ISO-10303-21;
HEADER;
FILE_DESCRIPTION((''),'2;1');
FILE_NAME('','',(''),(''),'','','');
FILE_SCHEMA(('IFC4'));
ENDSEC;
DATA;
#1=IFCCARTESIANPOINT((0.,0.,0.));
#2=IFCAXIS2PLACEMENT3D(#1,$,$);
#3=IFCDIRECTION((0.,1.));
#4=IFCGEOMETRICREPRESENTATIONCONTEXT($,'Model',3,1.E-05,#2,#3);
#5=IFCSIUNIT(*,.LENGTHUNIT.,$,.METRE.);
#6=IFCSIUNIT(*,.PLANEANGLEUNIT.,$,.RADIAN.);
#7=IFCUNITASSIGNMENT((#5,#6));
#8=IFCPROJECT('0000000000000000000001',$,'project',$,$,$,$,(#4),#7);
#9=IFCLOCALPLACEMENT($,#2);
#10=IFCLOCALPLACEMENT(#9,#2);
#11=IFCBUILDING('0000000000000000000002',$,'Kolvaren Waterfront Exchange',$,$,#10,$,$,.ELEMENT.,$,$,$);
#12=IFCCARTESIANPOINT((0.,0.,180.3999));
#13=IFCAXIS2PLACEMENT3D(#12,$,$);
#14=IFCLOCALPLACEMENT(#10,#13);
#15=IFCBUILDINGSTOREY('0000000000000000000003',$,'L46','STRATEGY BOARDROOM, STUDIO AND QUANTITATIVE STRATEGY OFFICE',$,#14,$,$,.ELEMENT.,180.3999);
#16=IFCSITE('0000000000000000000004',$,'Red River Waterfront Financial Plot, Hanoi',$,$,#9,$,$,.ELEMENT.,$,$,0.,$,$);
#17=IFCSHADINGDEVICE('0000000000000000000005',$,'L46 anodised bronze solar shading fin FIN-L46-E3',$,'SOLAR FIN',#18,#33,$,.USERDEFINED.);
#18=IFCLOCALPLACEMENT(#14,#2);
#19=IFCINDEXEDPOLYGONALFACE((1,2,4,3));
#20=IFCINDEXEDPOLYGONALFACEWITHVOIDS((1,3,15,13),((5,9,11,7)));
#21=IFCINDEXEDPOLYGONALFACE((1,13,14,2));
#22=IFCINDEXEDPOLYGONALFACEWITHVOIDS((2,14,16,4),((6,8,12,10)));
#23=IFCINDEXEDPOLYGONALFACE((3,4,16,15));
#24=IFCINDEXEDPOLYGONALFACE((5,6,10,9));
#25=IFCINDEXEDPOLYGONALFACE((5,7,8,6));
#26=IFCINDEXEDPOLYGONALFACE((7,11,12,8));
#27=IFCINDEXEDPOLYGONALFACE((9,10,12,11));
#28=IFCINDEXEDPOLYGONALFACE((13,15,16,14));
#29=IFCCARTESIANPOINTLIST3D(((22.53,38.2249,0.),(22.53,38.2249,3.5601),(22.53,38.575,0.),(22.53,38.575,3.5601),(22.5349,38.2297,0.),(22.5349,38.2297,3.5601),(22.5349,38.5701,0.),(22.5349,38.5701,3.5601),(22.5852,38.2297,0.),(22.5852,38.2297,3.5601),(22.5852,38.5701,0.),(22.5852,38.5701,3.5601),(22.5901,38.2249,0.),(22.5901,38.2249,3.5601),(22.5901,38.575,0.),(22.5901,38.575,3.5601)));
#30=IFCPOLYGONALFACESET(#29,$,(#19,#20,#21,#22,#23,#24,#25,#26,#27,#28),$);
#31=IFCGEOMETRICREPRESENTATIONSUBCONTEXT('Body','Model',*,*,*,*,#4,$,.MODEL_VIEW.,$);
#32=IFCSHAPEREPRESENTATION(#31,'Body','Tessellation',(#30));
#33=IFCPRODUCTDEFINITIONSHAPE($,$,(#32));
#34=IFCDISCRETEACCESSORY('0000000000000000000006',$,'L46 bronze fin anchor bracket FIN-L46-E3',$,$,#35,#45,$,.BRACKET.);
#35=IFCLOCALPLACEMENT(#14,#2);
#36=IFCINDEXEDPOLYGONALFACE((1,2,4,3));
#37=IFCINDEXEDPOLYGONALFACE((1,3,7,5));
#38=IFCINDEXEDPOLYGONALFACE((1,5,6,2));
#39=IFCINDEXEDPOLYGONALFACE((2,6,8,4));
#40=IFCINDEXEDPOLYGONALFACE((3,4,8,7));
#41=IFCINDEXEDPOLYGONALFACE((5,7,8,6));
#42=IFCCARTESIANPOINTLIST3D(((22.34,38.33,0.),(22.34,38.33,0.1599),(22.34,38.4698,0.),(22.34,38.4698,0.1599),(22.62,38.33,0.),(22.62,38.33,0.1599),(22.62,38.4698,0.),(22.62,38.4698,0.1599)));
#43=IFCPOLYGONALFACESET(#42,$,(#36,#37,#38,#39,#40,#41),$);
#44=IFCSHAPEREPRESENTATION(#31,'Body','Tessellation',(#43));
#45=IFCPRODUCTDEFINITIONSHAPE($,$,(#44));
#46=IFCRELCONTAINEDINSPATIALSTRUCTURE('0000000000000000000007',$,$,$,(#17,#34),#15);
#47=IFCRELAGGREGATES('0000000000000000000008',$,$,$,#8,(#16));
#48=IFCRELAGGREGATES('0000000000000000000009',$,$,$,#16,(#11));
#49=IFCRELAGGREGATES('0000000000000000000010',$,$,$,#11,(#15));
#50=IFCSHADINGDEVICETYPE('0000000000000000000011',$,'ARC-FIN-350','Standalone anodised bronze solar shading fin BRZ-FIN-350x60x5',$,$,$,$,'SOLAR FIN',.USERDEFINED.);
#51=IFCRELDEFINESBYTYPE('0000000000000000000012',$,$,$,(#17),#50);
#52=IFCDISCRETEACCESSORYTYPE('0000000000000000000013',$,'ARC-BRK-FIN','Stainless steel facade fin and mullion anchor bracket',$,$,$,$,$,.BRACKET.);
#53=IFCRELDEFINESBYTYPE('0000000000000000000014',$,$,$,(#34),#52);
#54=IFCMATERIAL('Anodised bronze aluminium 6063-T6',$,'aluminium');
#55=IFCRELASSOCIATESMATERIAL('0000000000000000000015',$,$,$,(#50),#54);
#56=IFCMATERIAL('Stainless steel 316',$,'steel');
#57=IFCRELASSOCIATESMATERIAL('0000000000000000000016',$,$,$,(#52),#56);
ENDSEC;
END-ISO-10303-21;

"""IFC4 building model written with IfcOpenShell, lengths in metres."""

from ifc_helpers import new_model, si_unit, direction, frame, origin, origin_with_axes, origin_2d, place, context, subcontext, project, spatial, rectangle, hollow_rectangle, extrude, source, transform, mapped, material, material_profile, profile_set, type_object, element, save


model = new_model("IFC4")

# Units and contexts
model_context = context("Model", 3, precision=1e-05, world=origin(), true_north=direction((0.0, 1.0)))
body_context = subcontext(model_context, "Body", "Model", "MODEL_VIEW")
ifc_project = project(units=[si_unit("LENGTHUNIT", "METRE"), si_unit("PLANEANGLEUNIT", "RADIAN")], contexts=[model_context])

# Site, building, storey
site_placement = place(None, origin())
site = spatial("IfcSite", under=ifc_project, at=site_placement, Name="Red River Waterfront Financial Plot, Hanoi", CompositionType="ELEMENT", RefElevation=0.0)
building_placement = place(site_placement, origin())
building = spatial("IfcBuilding", under=site, at=building_placement, Name="Kolvaren Waterfront Exchange", CompositionType="ELEMENT")
storey_placement = place(building_placement, frame((0.0, 0.0, 180.3999)))
storey = spatial("IfcBuildingStorey", under=building, at=storey_placement, Name="L46", Description="STRATEGY BOARDROOM, STUDIO AND QUANTITATIVE STRATEGY OFFICE", CompositionType="ELEMENT", Elevation=180.3999)

# Shared definitions
ifc_material_1 = material(Name="Anodised bronze aluminium 6063-T6", Category="aluminium")

# Shading device
ifc_material_profile_1 = material_profile(ifc_material_1, hollow_rectangle(XDim=0.0601, YDim=0.3501, WallThickness=0.0049, at=origin_2d()), Name="BRZ-FIN-350x60x5")
ifc_profile_set_1 = profile_set([ifc_material_profile_1], Name="Anodised bronze aluminium 6063-T6")
shading_device_type = type_object("IfcShadingDeviceType", Name="ARC-FIN-350", Description="Standalone anodised bronze solar shading fin BRZ-FIN-350x60x5", ElementType="SOLAR FIN", PredefinedType="USERDEFINED", material=ifc_profile_set_1)
shading_device_placement = place(storey_placement, frame((22.5601, 38.3999, 0.0), z_axis=(0.0, 0.0, 1.0), x_axis=(1.0, 0.0, 0.0)))
element("IfcShadingDevice", 1, at=shading_device_placement, inside=storey, type_object=shading_device_type, Name="L46 anodised bronze solar shading fin FIN-L46-E3", ObjectType="SOLAR FIN", PredefinedType="USERDEFINED", context=body_context, shape_type="SweptSolid", body=[
    extrude(hollow_rectangle(XDim=0.0601, YDim=0.3501, WallThickness=0.0049, at=origin_2d()), origin(), (0.0, 0.0, 1.0), 3.5601),
])

# Discrete accessory
ifc_material_2 = material(Name="Stainless steel 316", Category="steel")
discrete_accessory_type = type_object("IfcDiscreteAccessoryType", Name="ARC-BRK-FIN", Description="Stainless steel facade fin and mullion anchor bracket", PredefinedType="BRACKET", material=ifc_material_2)
shared_shape_1 = source(origin_with_axes(), body_context, "Body", "SweptSolid", [
    extrude(rectangle(XDim=0.28, YDim=0.1399, at=origin_2d()), origin(), (0.0, 0.0, 1.0), 0.1599),
])
discrete_accessory_placement = place(storey_placement, frame((22.48, 38.3999, 0.0), z_axis=(0.0, 0.0, 1.0), x_axis=(1.0, 0.0, 0.0)))
element("IfcDiscreteAccessory", 2, at=discrete_accessory_placement, inside=storey, type_object=discrete_accessory_type, Name="L46 bronze fin anchor bracket FIN-L46-E3", PredefinedType="BRACKET", context=body_context, shape_type="MappedRepresentation", body=[
    mapped(shared_shape_1, transform((0.0, 0.0, 0.0), x_axis=(1.0, 0.0, 0.0), y_axis=(0.0, 1.0, 0.0), z_axis=(0.0, 0.0, 1.0), scale=1.0)),
])

save(model, "model.ifc")
